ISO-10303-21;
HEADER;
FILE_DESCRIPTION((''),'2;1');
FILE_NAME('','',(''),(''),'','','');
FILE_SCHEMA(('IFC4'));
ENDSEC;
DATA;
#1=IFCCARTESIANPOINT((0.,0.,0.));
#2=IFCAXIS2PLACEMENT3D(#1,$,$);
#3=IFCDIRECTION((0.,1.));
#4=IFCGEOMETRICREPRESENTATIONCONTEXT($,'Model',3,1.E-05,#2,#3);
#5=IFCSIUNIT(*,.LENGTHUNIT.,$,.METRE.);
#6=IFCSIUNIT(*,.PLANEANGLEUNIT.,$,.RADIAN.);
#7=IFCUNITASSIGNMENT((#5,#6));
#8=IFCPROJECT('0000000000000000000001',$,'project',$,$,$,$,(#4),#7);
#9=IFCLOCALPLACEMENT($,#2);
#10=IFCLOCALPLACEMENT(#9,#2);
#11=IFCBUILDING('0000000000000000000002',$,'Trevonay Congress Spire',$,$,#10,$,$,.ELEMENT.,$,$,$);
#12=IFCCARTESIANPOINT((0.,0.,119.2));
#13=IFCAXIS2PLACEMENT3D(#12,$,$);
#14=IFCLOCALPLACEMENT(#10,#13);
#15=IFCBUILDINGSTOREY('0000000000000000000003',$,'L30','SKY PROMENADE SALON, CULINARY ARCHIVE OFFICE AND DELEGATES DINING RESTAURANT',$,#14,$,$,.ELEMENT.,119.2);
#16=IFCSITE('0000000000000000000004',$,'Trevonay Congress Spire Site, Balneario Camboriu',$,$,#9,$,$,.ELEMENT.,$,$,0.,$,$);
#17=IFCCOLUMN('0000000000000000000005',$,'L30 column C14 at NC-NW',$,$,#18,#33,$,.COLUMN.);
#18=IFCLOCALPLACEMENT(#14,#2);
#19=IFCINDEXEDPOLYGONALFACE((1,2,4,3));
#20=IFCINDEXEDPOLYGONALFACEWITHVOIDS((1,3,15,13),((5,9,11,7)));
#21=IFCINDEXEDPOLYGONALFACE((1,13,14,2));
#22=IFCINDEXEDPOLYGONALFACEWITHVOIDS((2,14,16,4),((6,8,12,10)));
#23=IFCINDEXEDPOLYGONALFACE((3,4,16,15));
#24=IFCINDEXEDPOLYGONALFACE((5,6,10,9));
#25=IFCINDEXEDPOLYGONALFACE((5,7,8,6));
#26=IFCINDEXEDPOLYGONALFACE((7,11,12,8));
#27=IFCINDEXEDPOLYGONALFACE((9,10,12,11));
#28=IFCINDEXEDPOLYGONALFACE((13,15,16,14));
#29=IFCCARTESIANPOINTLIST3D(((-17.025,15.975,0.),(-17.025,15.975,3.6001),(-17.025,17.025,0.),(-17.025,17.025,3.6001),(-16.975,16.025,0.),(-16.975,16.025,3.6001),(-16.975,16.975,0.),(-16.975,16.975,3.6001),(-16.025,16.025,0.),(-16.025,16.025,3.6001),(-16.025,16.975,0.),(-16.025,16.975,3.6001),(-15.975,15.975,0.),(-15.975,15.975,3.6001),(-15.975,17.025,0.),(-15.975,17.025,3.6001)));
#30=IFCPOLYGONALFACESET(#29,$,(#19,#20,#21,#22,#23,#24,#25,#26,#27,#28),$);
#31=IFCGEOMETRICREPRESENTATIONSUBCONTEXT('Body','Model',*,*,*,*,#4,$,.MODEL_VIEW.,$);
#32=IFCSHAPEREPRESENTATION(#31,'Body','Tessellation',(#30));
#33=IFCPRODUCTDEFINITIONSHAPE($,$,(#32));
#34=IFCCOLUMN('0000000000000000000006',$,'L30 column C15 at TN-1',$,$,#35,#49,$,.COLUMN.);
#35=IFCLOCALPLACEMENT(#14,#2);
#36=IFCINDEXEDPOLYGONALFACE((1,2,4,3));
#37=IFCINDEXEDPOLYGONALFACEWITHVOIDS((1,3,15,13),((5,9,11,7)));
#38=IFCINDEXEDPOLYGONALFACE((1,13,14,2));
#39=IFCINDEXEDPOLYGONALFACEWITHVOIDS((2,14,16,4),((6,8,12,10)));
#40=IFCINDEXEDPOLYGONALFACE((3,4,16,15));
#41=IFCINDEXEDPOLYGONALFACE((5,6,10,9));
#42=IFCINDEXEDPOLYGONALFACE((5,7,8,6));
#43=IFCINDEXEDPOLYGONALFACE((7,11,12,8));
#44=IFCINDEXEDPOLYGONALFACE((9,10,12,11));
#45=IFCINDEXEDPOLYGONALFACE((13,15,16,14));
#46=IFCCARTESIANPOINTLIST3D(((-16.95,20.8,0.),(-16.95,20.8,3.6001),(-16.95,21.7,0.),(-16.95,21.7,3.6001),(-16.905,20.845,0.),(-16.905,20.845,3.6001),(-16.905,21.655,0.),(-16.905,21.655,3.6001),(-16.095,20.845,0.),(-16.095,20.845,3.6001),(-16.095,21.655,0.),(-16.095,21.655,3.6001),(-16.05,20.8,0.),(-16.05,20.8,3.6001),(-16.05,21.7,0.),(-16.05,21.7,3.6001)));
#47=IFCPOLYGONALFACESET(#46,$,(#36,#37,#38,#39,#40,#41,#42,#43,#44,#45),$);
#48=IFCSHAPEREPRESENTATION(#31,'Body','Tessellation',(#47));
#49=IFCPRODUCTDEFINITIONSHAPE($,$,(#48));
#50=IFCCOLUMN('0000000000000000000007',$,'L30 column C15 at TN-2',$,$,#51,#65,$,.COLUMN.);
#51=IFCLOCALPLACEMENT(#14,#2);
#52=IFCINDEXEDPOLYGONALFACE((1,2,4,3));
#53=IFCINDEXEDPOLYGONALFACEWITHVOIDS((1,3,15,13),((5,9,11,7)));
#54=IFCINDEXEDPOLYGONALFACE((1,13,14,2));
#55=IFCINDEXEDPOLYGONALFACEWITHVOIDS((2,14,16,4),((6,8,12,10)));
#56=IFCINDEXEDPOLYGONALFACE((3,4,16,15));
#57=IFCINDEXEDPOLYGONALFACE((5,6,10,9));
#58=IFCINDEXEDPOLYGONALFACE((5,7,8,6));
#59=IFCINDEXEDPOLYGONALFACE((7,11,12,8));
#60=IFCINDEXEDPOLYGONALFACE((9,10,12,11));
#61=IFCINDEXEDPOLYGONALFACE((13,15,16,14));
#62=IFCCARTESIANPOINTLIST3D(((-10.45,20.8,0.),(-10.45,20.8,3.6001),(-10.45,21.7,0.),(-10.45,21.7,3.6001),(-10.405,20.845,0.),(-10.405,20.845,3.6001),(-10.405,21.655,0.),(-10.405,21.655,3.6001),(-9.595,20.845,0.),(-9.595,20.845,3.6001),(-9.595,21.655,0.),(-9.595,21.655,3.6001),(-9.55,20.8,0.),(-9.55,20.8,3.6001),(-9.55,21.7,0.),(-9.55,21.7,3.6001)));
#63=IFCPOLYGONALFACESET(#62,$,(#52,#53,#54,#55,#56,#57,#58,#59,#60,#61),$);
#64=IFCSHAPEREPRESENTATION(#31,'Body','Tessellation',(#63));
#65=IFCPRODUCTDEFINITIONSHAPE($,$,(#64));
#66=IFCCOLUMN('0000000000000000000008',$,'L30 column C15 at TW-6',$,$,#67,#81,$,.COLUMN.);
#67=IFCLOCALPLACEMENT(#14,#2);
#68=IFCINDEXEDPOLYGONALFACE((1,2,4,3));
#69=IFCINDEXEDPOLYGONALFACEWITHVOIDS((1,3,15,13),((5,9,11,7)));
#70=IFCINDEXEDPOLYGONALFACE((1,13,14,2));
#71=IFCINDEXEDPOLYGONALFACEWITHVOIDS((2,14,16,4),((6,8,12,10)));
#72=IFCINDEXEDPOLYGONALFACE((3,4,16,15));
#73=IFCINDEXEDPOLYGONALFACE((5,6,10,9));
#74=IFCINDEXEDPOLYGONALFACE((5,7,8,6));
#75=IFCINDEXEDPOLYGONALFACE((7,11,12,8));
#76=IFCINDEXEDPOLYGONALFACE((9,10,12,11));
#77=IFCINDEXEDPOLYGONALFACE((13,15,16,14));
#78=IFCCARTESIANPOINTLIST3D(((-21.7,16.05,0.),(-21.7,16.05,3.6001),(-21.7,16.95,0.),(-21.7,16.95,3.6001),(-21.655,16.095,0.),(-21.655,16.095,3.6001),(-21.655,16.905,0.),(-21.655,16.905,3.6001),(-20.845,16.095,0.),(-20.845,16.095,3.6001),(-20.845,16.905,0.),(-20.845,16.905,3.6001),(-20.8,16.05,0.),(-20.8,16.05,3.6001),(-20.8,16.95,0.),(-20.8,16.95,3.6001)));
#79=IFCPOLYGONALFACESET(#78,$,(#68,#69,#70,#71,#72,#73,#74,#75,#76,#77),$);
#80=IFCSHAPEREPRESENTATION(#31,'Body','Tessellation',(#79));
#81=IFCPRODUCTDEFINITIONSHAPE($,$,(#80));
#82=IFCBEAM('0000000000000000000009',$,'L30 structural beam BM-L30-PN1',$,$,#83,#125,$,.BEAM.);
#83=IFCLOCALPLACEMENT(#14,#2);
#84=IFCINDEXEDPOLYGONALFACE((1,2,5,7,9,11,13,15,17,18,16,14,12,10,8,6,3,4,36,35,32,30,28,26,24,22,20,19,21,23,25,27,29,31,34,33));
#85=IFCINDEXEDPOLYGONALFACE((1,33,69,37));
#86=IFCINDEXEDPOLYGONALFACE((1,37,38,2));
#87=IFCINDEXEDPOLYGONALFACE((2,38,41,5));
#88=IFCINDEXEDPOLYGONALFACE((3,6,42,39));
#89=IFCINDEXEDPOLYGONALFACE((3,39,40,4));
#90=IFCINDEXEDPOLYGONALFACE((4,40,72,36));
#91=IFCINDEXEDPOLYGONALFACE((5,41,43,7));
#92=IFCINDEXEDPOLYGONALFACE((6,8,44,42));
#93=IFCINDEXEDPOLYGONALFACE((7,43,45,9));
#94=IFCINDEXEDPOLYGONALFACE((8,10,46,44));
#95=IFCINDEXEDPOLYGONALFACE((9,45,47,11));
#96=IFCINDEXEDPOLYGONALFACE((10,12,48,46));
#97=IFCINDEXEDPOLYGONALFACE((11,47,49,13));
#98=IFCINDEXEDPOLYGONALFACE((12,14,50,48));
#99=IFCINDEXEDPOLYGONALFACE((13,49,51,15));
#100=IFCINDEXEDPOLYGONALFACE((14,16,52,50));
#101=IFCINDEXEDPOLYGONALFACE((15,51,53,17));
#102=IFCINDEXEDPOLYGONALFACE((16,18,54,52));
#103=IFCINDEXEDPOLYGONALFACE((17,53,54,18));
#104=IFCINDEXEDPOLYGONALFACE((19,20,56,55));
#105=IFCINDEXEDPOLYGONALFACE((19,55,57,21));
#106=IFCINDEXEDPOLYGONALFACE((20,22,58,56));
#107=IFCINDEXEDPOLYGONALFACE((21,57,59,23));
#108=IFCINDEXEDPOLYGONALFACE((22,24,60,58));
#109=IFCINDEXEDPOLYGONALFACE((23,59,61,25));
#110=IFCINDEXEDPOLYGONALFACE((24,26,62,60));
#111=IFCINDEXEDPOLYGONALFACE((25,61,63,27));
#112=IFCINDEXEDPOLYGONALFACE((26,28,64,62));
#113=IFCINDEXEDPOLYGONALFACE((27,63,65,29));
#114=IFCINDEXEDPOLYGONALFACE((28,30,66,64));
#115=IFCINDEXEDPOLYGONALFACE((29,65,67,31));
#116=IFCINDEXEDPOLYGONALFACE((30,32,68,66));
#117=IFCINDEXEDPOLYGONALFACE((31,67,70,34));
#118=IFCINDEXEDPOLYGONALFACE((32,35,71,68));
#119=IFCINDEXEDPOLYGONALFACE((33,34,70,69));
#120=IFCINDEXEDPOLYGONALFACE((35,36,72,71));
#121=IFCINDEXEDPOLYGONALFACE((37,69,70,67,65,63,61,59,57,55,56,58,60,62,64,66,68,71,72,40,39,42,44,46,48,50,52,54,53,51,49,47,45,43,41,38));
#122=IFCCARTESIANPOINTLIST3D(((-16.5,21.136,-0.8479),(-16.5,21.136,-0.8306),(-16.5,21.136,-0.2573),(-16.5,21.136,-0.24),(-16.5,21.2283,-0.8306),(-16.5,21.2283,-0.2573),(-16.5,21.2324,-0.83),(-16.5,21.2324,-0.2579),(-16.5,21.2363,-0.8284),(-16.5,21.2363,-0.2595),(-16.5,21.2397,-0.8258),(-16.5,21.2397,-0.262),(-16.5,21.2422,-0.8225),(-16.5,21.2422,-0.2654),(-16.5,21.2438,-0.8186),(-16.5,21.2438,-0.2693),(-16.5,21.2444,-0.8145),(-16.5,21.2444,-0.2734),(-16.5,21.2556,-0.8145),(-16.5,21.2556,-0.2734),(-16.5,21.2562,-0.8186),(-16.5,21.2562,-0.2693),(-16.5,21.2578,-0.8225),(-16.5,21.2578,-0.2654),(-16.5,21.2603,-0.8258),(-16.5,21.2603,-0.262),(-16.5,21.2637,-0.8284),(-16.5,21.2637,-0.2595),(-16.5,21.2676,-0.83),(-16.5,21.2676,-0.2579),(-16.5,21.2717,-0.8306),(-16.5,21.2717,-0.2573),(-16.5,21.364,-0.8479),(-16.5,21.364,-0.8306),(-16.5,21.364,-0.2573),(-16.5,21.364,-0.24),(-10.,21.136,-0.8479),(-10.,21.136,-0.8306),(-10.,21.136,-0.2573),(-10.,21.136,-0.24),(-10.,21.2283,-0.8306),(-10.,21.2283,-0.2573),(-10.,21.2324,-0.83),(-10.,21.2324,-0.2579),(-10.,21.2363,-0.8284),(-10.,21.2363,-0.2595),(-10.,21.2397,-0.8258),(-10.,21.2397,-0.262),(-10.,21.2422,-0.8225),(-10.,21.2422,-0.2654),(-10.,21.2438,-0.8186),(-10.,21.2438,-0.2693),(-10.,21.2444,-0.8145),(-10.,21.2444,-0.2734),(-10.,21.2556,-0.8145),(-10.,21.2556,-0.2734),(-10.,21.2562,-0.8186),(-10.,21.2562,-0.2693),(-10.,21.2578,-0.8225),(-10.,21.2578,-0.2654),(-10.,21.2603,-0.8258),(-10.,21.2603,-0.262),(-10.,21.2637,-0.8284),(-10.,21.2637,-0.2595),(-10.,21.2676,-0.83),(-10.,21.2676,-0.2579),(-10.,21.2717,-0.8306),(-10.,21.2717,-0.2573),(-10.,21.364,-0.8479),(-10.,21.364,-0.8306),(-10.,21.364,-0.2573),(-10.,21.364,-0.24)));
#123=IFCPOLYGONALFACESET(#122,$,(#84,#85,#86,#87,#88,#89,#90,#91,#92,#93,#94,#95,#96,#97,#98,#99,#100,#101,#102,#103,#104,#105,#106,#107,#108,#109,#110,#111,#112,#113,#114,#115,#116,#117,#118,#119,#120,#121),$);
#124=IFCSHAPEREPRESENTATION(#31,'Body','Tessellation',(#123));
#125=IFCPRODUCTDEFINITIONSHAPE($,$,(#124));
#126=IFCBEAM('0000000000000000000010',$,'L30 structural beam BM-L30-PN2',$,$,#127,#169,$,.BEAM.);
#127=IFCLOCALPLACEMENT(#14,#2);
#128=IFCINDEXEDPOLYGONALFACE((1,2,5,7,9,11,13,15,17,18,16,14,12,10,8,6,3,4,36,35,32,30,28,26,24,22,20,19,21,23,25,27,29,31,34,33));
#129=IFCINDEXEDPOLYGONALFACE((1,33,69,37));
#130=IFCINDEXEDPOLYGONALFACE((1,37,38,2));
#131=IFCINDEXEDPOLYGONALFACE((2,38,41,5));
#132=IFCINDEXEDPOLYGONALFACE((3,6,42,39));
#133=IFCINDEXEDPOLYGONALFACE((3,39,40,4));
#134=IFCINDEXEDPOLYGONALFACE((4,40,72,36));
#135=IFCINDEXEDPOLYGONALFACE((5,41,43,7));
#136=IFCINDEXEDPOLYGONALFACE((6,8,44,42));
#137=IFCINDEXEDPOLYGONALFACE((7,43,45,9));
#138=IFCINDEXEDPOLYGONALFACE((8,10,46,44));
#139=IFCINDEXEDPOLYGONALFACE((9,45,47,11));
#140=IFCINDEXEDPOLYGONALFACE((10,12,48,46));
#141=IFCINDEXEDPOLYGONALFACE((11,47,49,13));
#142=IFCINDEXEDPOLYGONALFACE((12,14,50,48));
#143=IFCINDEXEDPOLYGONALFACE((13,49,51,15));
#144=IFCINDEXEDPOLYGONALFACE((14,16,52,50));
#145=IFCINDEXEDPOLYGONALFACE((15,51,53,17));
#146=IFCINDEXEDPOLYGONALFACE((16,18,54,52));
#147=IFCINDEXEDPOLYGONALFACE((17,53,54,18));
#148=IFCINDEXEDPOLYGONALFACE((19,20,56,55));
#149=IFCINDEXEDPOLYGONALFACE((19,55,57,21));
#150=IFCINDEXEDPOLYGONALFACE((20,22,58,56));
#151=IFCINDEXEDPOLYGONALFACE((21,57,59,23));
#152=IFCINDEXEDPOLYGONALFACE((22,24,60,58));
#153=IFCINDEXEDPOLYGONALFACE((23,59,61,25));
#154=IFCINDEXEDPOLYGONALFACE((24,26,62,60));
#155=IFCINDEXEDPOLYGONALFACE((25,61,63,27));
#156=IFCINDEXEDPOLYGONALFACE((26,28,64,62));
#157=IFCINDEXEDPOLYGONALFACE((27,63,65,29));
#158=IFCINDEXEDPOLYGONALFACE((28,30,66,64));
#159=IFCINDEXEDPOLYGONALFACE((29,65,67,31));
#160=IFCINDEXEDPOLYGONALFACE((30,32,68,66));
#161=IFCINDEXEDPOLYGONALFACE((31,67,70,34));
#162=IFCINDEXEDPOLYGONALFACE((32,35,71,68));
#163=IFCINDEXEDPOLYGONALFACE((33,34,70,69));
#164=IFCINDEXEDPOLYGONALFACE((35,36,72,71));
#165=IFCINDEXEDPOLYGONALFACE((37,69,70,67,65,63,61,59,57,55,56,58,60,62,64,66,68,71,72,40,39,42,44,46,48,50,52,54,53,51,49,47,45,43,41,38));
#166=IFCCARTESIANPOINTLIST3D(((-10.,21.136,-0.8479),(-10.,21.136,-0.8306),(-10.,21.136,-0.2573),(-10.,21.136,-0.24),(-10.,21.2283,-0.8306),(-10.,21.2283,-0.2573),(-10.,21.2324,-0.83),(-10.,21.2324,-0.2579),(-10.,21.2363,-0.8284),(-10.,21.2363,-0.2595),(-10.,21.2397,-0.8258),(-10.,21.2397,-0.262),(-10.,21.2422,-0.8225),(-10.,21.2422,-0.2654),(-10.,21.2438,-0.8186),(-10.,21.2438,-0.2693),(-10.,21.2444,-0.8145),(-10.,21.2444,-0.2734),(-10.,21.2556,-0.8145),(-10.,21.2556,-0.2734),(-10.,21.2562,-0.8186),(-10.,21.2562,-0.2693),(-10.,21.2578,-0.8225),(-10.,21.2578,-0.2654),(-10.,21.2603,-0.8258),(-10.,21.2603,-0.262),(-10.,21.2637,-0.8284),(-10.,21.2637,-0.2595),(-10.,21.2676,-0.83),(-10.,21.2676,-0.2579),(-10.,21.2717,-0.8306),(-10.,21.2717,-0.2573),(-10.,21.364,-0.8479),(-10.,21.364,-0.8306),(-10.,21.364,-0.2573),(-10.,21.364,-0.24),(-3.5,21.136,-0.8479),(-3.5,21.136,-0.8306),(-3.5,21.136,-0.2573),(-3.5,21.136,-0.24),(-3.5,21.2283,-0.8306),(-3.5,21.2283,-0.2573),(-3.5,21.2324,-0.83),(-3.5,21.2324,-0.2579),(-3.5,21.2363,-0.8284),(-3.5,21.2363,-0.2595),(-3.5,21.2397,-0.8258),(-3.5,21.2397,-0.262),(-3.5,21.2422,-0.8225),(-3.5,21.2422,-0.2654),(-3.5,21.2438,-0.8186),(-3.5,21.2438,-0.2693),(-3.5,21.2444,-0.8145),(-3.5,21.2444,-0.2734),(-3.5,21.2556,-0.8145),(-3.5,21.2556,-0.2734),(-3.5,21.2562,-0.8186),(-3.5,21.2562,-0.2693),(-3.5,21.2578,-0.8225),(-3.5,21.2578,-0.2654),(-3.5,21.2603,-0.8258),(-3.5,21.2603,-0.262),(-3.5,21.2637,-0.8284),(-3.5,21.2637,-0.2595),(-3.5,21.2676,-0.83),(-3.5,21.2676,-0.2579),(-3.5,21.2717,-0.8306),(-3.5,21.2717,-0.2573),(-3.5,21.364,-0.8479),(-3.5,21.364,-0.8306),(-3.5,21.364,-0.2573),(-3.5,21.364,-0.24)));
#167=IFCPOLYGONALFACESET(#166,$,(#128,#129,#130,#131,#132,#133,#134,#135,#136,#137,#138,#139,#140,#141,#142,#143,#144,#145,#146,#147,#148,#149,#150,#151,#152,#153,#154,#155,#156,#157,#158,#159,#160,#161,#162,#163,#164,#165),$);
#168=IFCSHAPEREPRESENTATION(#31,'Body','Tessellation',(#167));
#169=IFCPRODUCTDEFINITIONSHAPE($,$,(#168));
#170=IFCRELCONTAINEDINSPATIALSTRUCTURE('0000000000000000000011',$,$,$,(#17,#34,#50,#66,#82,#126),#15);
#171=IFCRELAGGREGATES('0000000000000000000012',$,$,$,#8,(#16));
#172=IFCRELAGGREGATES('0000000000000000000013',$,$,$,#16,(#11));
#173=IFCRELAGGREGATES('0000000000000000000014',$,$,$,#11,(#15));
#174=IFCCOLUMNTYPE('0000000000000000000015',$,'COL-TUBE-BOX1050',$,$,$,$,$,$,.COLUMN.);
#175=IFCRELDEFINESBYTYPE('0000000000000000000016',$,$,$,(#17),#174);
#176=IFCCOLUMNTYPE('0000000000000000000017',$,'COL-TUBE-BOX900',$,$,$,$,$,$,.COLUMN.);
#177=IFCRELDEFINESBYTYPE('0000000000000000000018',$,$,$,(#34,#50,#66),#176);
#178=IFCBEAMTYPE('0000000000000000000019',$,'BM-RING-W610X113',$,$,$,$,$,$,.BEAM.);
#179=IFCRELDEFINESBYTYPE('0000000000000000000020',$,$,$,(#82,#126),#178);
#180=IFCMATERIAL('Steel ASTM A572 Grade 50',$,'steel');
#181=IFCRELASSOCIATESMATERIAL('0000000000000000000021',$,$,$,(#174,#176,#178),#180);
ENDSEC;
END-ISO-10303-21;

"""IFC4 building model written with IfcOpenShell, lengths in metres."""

from ifc_helpers import new_model, si_unit, direction, frame, origin, origin_2d, place, context, subcontext, project, spatial, hollow_rectangle, i_section, extrude, material, material_profile, profile_set, type_object, element, save


model = new_model("IFC4")

# Units and contexts
model_context = context("Model", 3, precision=1e-05, world=origin(), true_north=direction((0.0, 1.0)))
body_context = subcontext(model_context, "Body", "Model", "MODEL_VIEW")
ifc_project = project(units=[si_unit("LENGTHUNIT", "METRE"), si_unit("PLANEANGLEUNIT", "RADIAN")], contexts=[model_context])

# Site, building, storey
site_placement = place(None, origin())
site = spatial("IfcSite", under=ifc_project, at=site_placement, Name="Trevonay Congress Spire Site, Balneario Camboriu", CompositionType="ELEMENT", RefElevation=0.0)
building_placement = place(site_placement, origin())
building = spatial("IfcBuilding", under=site, at=building_placement, Name="Trevonay Congress Spire", CompositionType="ELEMENT")
storey_placement = place(building_placement, frame((0.0, 0.0, 119.2)))
storey = spatial("IfcBuildingStorey", under=building, at=storey_placement, Name="L30", Description="SKY PROMENADE SALON, CULINARY ARCHIVE OFFICE AND DELEGATES DINING RESTAURANT", CompositionType="ELEMENT", Elevation=119.2)

# Columns
ifc_material_1 = material(Name="Steel ASTM A572 Grade 50", Category="steel")
ifc_material_profile_1 = material_profile(ifc_material_1, hollow_rectangle(XDim=1.05, YDim=1.05, WallThickness=0.05, at=origin_2d()), Name="BOX 1050x1050x50")
ifc_profile_set_1 = profile_set([ifc_material_profile_1], Name="Steel ASTM A572 Grade 50")
column_type_1 = type_object("IfcColumnType", Name="COL-TUBE-BOX1050", PredefinedType="COLUMN", material=ifc_profile_set_1)
column_placement = place(storey_placement, frame((-16.5, 16.5, 0.0), z_axis=(0.0, 0.0, 1.0), x_axis=(1.0, 0.0, 0.0)))
element("IfcColumn", 1, at=column_placement, inside=storey, type_object=column_type_1, Name="L30 column C14 at NC-NW", PredefinedType="COLUMN", context=body_context, shape_type="SweptSolid", body=[
    extrude(hollow_rectangle(XDim=1.05, YDim=1.05, WallThickness=0.05, at=origin_2d()), origin(), (0.0, 0.0, 1.0), 3.6001),
])
ifc_material_profile_2 = material_profile(ifc_material_1, hollow_rectangle(XDim=0.8999, YDim=0.8999, WallThickness=0.0449, at=origin_2d()), Name="BOX 900x900x45")
ifc_profile_set_2 = profile_set([ifc_material_profile_2], Name="Steel ASTM A572 Grade 50")
column_type_2 = type_object("IfcColumnType", Name="COL-TUBE-BOX900", PredefinedType="COLUMN", material=ifc_profile_set_2)
for number, where, z_axis, x_axis, name in (
    (2, (-16.5, 21.25, 0.0), (0.0, 0.0, 1.0), (1.0, 0.0, 0.0), "L30 column C15 at TN-1"),
    (3, (-10.0, 21.25, 0.0), (0.0, 0.0, 1.0), (1.0, 0.0, 0.0), "L30 column C15 at TN-2"),
    (4, (-21.25, 16.5, 0.0), (0.0, 0.0, 1.0), (1.0, 0.0, 0.0), "L30 column C15 at TW-6"),
):
    element("IfcColumn", number, at=place(storey_placement, frame(where, z_axis=z_axis, x_axis=x_axis)), inside=storey, type_object=column_type_2, Name=name, PredefinedType="COLUMN", context=body_context, shape_type="SweptSolid", body=[
        extrude(hollow_rectangle(XDim=0.8999, YDim=0.8999, WallThickness=0.0449, at=origin_2d()), origin(), (0.0, 0.0, 1.0), 3.6001),
    ])

# Beams
ifc_material_profile_3 = material_profile(ifc_material_1, i_section(OverallWidth=0.228, OverallDepth=0.6079, WebThickness=0.0112, FlangeThickness=0.0173, FilletRadius=0.0161, at=origin_2d()), Name="W610x113")
ifc_profile_set_3 = profile_set([ifc_material_profile_3], Name="Steel ASTM A572 Grade 50")
beam_type = type_object("IfcBeamType", Name="BM-RING-W610X113", PredefinedType="BEAM", material=ifc_profile_set_3)
for number, where, z_axis, x_axis, name in (
    (5, (-16.5, 21.25, -0.5439), (1.0, 0.0, 0.0), (0.0, 1.0, 0.0), "L30 structural beam BM-L30-PN1"),
    (6, (-10.0, 21.25, -0.5439), (1.0, 0.0, 0.0), (0.0, 1.0, 0.0), "L30 structural beam BM-L30-PN2"),
):
    element("IfcBeam", number, at=place(storey_placement, frame(where, z_axis=z_axis, x_axis=x_axis)), inside=storey, type_object=beam_type, Name=name, PredefinedType="BEAM", context=body_context, shape_type="SweptSolid", body=[
        extrude(i_section(OverallWidth=0.228, OverallDepth=0.6079, WebThickness=0.0112, FlangeThickness=0.0173, FilletRadius=0.0161, at=origin_2d()), origin(), (0.0, 0.0, 1.0), 6.5),
    ])

save(model, "model.ifc")
